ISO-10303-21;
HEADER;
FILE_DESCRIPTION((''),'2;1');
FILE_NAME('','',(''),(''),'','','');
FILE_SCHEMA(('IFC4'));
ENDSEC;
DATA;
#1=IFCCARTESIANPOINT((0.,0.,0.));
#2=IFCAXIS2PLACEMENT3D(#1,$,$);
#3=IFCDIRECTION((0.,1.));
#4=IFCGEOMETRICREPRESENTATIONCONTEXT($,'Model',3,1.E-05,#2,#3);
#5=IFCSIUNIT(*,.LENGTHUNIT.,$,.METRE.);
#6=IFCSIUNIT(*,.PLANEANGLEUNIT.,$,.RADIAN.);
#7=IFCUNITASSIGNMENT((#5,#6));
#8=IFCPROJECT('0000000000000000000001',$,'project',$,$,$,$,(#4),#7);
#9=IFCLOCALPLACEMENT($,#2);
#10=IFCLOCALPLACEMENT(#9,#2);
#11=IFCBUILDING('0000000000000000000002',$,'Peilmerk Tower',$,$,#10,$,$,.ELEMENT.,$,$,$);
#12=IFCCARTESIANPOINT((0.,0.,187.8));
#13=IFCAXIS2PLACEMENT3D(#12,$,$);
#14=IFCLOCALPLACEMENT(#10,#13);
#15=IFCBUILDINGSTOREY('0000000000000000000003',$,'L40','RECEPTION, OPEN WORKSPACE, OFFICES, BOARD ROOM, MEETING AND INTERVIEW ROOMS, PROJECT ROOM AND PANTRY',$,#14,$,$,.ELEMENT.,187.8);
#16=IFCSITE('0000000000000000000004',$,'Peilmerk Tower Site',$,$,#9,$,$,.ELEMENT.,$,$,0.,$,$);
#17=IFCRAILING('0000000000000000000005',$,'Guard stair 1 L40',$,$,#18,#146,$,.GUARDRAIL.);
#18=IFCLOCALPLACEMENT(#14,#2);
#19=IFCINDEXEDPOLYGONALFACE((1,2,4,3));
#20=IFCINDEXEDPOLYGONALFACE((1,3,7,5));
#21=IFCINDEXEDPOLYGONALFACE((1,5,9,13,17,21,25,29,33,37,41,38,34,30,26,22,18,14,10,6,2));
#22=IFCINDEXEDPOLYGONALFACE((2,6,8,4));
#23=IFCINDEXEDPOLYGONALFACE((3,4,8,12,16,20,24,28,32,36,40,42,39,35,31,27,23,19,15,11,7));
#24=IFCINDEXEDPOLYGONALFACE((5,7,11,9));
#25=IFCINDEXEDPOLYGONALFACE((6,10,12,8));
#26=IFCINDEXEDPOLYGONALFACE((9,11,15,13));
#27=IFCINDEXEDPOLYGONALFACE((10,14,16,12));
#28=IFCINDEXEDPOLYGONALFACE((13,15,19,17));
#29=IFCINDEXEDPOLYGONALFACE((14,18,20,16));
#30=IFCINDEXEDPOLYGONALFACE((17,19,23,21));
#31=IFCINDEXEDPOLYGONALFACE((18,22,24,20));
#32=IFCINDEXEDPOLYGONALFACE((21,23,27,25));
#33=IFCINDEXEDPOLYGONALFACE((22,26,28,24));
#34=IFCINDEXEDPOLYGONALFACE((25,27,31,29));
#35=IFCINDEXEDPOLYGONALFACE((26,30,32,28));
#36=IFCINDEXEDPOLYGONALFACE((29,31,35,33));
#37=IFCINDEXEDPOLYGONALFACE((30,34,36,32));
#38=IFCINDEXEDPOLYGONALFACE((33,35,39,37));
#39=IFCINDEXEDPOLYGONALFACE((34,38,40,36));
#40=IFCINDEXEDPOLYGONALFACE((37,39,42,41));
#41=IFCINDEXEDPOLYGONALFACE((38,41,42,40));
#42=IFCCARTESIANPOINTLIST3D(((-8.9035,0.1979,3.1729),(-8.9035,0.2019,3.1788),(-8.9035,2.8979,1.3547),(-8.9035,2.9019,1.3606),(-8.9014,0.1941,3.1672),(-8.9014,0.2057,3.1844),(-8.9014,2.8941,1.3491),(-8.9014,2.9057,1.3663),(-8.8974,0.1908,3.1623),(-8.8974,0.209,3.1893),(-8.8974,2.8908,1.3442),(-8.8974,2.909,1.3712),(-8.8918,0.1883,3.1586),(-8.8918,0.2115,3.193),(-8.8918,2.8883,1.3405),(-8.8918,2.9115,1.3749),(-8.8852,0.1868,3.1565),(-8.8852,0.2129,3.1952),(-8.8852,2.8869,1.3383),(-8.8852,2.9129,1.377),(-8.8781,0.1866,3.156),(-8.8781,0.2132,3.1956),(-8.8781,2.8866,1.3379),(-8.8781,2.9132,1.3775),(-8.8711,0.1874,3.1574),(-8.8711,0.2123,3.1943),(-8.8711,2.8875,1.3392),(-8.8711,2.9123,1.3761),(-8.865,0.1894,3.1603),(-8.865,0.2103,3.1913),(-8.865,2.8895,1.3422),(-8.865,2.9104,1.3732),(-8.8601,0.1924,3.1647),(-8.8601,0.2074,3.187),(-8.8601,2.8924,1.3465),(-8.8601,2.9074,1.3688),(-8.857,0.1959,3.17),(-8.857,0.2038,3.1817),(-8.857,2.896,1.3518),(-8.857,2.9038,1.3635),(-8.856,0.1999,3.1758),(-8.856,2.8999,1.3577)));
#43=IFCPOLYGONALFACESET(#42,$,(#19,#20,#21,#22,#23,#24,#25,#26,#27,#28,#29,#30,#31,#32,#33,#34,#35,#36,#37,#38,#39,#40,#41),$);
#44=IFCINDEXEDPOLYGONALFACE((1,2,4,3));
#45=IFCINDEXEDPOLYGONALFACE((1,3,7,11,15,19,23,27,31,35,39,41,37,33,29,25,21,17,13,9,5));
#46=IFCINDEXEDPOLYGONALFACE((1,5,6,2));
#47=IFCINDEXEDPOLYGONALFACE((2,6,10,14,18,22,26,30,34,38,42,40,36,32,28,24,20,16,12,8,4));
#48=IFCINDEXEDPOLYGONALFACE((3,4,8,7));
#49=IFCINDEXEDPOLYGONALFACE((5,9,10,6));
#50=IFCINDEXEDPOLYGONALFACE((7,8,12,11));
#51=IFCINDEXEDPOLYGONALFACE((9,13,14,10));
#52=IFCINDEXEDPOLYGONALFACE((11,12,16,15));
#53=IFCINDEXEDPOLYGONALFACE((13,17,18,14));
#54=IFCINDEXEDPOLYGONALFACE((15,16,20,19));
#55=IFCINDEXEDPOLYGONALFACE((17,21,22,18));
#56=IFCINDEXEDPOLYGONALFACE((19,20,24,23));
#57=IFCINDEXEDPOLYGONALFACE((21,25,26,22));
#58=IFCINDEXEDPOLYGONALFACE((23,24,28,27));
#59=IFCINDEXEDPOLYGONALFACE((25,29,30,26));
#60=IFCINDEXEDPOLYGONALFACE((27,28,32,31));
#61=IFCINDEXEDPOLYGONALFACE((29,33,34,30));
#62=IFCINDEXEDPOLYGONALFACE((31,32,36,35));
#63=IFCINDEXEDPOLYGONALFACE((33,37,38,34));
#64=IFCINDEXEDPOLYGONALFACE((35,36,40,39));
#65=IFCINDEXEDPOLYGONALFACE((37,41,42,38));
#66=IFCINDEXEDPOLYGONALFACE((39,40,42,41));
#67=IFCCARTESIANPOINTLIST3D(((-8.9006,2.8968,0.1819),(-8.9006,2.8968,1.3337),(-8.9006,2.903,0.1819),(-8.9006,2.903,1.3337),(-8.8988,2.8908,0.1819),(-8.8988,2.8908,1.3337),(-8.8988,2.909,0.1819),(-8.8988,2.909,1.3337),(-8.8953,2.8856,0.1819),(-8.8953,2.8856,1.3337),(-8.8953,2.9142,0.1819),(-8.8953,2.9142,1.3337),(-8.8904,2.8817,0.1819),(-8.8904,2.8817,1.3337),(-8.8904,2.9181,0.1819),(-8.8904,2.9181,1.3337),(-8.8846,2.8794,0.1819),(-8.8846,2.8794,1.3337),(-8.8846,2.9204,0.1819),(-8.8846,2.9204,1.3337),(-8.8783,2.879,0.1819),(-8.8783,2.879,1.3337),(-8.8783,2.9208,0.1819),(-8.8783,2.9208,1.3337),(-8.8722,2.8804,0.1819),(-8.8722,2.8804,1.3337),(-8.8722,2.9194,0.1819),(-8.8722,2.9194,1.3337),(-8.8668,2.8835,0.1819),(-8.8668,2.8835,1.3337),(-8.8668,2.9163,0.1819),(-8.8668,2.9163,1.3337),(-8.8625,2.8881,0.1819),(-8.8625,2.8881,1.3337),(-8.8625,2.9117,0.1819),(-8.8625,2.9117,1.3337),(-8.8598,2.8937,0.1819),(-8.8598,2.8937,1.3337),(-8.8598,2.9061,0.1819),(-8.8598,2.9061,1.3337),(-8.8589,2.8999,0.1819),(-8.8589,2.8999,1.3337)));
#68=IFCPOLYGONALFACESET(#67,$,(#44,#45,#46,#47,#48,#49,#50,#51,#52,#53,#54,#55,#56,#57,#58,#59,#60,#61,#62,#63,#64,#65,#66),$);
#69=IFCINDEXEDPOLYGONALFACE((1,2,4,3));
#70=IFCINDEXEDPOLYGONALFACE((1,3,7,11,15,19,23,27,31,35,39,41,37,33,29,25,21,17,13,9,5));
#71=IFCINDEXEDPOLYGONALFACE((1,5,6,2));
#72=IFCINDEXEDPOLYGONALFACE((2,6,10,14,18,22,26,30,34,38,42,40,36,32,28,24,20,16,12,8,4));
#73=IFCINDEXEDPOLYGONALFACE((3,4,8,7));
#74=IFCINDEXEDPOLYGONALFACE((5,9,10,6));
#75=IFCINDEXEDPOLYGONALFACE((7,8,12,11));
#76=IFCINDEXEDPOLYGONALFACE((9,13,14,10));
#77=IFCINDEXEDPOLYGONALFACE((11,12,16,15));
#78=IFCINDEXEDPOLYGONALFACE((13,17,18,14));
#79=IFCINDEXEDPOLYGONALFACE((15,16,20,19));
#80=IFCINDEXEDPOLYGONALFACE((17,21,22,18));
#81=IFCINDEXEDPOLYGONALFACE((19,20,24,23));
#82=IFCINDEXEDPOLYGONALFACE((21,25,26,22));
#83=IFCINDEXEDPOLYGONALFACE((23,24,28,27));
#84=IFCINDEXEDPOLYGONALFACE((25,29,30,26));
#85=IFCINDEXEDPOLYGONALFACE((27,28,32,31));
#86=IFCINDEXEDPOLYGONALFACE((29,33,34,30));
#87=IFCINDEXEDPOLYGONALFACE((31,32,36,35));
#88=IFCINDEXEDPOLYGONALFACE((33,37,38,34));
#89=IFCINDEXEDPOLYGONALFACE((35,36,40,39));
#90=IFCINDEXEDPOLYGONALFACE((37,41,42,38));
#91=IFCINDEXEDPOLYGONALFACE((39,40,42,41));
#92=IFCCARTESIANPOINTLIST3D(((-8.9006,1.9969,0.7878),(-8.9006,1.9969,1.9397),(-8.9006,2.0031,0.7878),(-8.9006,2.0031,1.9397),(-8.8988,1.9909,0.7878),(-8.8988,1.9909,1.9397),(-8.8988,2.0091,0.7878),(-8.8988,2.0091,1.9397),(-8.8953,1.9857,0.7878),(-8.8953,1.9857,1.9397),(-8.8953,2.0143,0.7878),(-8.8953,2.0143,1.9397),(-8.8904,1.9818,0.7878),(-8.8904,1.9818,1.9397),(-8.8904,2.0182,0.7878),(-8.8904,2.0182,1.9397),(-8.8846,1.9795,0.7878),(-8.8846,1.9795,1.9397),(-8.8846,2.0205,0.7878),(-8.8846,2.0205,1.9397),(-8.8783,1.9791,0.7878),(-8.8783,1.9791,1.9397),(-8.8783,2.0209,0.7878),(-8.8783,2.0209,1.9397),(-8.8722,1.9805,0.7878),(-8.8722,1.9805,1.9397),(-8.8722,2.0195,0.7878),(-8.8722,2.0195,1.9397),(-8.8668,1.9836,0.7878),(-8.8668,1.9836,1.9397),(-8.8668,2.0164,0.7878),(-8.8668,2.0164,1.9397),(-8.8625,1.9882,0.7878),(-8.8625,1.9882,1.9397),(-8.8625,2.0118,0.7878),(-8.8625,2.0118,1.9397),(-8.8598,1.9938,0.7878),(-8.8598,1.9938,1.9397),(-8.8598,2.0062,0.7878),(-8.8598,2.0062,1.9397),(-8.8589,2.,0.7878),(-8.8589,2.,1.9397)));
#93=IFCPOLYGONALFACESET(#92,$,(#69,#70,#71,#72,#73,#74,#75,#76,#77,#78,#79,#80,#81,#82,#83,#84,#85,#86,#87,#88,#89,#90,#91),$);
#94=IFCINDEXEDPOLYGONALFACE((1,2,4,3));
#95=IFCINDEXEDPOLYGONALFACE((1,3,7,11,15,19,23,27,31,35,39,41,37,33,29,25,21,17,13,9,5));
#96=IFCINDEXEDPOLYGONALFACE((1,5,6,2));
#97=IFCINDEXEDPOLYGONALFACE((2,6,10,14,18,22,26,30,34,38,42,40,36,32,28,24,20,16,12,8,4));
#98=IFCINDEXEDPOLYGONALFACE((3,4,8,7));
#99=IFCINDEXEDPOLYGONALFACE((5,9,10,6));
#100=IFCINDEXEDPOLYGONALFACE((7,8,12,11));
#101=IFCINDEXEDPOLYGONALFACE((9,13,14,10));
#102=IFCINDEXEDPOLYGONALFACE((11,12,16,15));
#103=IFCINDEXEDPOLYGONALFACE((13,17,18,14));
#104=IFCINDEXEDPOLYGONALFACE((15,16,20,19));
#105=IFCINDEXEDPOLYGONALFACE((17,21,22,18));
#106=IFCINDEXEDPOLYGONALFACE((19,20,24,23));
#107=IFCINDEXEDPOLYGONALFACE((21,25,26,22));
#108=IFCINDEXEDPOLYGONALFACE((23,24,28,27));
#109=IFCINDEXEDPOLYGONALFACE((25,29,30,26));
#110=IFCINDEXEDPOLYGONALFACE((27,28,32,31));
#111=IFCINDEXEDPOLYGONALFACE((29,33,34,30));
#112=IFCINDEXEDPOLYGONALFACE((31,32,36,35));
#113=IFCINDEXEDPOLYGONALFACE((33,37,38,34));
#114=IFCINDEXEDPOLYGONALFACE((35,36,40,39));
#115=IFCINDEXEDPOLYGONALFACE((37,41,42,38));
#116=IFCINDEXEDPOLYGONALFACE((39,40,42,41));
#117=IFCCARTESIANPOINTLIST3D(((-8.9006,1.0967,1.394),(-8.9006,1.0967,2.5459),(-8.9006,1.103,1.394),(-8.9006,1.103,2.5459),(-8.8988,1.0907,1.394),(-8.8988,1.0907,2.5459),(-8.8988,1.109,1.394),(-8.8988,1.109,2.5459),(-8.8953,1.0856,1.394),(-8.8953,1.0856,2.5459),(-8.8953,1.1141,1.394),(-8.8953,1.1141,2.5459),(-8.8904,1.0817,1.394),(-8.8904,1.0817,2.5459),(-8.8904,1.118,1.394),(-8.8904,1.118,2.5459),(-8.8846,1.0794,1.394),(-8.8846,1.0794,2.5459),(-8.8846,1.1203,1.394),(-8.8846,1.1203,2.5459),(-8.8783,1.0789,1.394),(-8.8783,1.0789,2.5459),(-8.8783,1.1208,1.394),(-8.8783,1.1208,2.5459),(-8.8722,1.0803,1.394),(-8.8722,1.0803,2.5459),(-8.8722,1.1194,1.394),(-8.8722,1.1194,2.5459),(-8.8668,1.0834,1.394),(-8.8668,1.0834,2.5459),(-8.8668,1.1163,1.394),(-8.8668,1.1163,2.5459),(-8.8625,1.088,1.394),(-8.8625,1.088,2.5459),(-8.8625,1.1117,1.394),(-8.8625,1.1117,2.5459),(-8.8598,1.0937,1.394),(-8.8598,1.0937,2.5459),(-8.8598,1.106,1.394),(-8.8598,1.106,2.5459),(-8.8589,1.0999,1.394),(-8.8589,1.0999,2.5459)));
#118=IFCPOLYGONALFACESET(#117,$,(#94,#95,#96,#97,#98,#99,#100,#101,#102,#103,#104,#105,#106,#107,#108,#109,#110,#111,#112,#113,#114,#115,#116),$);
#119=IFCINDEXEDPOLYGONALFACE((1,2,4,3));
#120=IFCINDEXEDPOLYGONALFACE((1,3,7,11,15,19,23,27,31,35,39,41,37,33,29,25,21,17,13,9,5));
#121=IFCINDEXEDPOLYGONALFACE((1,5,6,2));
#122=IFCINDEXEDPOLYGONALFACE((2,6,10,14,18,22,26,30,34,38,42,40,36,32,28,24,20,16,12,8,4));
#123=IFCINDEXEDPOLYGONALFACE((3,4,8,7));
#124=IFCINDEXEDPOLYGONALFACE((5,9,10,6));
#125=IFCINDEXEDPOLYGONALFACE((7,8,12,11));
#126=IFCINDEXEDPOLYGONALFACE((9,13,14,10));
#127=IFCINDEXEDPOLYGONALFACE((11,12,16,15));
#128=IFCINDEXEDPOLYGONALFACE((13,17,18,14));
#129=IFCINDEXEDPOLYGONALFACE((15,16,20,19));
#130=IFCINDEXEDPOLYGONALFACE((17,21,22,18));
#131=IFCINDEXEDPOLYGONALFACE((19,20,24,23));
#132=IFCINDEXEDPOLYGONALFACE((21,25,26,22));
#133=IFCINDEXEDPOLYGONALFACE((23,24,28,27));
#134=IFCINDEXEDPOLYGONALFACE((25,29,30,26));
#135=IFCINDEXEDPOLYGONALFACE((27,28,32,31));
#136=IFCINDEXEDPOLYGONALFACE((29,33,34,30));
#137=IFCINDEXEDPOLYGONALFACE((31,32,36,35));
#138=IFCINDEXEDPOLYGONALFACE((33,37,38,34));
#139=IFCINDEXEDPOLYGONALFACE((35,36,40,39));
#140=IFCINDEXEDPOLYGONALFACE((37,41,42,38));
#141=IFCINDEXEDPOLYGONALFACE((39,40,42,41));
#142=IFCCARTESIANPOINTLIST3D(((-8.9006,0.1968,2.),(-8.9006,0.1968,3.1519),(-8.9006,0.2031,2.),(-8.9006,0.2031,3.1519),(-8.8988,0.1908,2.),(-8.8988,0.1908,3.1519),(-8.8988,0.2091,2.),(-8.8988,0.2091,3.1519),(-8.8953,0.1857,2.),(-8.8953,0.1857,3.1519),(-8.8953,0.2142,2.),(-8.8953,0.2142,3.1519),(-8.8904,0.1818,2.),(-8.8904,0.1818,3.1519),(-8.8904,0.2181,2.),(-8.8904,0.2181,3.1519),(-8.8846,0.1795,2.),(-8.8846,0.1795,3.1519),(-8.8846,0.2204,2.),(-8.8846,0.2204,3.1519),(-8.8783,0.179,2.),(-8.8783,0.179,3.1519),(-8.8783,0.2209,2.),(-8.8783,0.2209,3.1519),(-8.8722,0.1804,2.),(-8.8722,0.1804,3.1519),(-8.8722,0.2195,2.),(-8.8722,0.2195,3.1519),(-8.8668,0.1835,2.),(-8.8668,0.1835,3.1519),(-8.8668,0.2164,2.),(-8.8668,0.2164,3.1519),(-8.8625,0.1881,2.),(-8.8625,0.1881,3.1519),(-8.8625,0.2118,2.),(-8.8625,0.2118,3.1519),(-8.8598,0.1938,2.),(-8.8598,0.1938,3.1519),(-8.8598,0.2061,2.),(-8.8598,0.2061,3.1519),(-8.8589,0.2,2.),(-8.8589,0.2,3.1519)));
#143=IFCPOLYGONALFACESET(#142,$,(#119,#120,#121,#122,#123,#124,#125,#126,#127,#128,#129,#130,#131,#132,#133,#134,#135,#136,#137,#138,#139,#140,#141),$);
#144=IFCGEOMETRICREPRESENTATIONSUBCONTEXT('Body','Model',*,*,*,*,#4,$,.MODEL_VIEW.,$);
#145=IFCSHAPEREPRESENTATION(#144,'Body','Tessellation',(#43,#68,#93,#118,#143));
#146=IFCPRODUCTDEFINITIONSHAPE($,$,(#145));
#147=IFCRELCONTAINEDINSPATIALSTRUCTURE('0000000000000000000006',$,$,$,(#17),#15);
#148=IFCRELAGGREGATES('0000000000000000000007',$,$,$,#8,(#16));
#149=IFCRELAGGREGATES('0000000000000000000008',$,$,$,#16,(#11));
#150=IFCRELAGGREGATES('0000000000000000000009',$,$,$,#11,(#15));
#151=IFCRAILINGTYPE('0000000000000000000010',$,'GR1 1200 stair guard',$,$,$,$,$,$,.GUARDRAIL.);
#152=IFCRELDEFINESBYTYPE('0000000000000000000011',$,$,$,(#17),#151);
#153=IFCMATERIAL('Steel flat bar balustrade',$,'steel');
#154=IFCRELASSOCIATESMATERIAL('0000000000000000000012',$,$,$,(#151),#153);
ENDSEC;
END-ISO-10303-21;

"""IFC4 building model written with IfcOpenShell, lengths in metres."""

from ifc_helpers import new_model, si_unit, direction, frame, origin, origin_2d, place, context, subcontext, project, spatial, circle, extrude, material, type_object, element, save


model = new_model("IFC4")

# Units and contexts
model_context = context("Model", 3, precision=1e-05, world=origin(), true_north=direction((0.0, 1.0)))
body_context = subcontext(model_context, "Body", "Model", "MODEL_VIEW")
ifc_project = project(units=[si_unit("LENGTHUNIT", "METRE"), si_unit("PLANEANGLEUNIT", "RADIAN")], contexts=[model_context])

# Site, building, storey
site_placement = place(None, origin())
site = spatial("IfcSite", under=ifc_project, at=site_placement, Name="Peilmerk Tower Site", CompositionType="ELEMENT", RefElevation=0.0)
building_placement = place(site_placement, origin())
building = spatial("IfcBuilding", under=site, at=building_placement, Name="Peilmerk Tower", CompositionType="ELEMENT")
storey_placement = place(building_placement, frame((0.0, 0.0, 187.8)))
storey = spatial("IfcBuildingStorey", under=building, at=storey_placement, Name="L40", Description="RECEPTION, OPEN WORKSPACE, OFFICES, BOARD ROOM, MEETING AND INTERVIEW ROOMS, PROJECT ROOM AND PANTRY", CompositionType="ELEMENT", Elevation=187.8)

# Railing
ifc_material_1 = material(Name="Steel flat bar balustrade", Category="steel")
railing_type_1 = type_object("IfcRailingType", Name="GR1 1200 stair guard", PredefinedType="GUARDRAIL", material=ifc_material_1)
railing_1_placement = place(storey_placement, frame((-8.8799, 2.8999, 0.1819)))
element("IfcRailing", 1, at=railing_1_placement, inside=storey, type_object=railing_type_1, Name="Guard stair 1 L40", PredefinedType="GUARDRAIL", context=body_context, shape_type="SweptSolid", body=[
    extrude(circle(Radius=0.0239, at=origin_2d()), frame((0.0, 0.0, 1.1758), z_axis=(0.0, -0.829468, 0.558554), x_axis=(1.0, 0.0, 0.0)), (0.0, 0.0, 1.0), 3.2551),
    extrude(circle(Radius=0.021, at=origin_2d()), origin(), (0.0, 0.0, 1.0), 1.1519),
    extrude(circle(Radius=0.021, at=origin_2d()), frame((0.0, -0.8999, 0.606)), (0.0, 0.0, 1.0), 1.1519),
    extrude(circle(Radius=0.021, at=origin_2d()), frame((0.0, -1.8, 1.2122)), (0.0, 0.0, 1.0), 1.1519),
    extrude(circle(Radius=0.021, at=origin_2d()), frame((0.0, -2.7, 1.8181)), (0.0, 0.0, 1.0), 1.1519),
])

save(model, "model.ifc")
